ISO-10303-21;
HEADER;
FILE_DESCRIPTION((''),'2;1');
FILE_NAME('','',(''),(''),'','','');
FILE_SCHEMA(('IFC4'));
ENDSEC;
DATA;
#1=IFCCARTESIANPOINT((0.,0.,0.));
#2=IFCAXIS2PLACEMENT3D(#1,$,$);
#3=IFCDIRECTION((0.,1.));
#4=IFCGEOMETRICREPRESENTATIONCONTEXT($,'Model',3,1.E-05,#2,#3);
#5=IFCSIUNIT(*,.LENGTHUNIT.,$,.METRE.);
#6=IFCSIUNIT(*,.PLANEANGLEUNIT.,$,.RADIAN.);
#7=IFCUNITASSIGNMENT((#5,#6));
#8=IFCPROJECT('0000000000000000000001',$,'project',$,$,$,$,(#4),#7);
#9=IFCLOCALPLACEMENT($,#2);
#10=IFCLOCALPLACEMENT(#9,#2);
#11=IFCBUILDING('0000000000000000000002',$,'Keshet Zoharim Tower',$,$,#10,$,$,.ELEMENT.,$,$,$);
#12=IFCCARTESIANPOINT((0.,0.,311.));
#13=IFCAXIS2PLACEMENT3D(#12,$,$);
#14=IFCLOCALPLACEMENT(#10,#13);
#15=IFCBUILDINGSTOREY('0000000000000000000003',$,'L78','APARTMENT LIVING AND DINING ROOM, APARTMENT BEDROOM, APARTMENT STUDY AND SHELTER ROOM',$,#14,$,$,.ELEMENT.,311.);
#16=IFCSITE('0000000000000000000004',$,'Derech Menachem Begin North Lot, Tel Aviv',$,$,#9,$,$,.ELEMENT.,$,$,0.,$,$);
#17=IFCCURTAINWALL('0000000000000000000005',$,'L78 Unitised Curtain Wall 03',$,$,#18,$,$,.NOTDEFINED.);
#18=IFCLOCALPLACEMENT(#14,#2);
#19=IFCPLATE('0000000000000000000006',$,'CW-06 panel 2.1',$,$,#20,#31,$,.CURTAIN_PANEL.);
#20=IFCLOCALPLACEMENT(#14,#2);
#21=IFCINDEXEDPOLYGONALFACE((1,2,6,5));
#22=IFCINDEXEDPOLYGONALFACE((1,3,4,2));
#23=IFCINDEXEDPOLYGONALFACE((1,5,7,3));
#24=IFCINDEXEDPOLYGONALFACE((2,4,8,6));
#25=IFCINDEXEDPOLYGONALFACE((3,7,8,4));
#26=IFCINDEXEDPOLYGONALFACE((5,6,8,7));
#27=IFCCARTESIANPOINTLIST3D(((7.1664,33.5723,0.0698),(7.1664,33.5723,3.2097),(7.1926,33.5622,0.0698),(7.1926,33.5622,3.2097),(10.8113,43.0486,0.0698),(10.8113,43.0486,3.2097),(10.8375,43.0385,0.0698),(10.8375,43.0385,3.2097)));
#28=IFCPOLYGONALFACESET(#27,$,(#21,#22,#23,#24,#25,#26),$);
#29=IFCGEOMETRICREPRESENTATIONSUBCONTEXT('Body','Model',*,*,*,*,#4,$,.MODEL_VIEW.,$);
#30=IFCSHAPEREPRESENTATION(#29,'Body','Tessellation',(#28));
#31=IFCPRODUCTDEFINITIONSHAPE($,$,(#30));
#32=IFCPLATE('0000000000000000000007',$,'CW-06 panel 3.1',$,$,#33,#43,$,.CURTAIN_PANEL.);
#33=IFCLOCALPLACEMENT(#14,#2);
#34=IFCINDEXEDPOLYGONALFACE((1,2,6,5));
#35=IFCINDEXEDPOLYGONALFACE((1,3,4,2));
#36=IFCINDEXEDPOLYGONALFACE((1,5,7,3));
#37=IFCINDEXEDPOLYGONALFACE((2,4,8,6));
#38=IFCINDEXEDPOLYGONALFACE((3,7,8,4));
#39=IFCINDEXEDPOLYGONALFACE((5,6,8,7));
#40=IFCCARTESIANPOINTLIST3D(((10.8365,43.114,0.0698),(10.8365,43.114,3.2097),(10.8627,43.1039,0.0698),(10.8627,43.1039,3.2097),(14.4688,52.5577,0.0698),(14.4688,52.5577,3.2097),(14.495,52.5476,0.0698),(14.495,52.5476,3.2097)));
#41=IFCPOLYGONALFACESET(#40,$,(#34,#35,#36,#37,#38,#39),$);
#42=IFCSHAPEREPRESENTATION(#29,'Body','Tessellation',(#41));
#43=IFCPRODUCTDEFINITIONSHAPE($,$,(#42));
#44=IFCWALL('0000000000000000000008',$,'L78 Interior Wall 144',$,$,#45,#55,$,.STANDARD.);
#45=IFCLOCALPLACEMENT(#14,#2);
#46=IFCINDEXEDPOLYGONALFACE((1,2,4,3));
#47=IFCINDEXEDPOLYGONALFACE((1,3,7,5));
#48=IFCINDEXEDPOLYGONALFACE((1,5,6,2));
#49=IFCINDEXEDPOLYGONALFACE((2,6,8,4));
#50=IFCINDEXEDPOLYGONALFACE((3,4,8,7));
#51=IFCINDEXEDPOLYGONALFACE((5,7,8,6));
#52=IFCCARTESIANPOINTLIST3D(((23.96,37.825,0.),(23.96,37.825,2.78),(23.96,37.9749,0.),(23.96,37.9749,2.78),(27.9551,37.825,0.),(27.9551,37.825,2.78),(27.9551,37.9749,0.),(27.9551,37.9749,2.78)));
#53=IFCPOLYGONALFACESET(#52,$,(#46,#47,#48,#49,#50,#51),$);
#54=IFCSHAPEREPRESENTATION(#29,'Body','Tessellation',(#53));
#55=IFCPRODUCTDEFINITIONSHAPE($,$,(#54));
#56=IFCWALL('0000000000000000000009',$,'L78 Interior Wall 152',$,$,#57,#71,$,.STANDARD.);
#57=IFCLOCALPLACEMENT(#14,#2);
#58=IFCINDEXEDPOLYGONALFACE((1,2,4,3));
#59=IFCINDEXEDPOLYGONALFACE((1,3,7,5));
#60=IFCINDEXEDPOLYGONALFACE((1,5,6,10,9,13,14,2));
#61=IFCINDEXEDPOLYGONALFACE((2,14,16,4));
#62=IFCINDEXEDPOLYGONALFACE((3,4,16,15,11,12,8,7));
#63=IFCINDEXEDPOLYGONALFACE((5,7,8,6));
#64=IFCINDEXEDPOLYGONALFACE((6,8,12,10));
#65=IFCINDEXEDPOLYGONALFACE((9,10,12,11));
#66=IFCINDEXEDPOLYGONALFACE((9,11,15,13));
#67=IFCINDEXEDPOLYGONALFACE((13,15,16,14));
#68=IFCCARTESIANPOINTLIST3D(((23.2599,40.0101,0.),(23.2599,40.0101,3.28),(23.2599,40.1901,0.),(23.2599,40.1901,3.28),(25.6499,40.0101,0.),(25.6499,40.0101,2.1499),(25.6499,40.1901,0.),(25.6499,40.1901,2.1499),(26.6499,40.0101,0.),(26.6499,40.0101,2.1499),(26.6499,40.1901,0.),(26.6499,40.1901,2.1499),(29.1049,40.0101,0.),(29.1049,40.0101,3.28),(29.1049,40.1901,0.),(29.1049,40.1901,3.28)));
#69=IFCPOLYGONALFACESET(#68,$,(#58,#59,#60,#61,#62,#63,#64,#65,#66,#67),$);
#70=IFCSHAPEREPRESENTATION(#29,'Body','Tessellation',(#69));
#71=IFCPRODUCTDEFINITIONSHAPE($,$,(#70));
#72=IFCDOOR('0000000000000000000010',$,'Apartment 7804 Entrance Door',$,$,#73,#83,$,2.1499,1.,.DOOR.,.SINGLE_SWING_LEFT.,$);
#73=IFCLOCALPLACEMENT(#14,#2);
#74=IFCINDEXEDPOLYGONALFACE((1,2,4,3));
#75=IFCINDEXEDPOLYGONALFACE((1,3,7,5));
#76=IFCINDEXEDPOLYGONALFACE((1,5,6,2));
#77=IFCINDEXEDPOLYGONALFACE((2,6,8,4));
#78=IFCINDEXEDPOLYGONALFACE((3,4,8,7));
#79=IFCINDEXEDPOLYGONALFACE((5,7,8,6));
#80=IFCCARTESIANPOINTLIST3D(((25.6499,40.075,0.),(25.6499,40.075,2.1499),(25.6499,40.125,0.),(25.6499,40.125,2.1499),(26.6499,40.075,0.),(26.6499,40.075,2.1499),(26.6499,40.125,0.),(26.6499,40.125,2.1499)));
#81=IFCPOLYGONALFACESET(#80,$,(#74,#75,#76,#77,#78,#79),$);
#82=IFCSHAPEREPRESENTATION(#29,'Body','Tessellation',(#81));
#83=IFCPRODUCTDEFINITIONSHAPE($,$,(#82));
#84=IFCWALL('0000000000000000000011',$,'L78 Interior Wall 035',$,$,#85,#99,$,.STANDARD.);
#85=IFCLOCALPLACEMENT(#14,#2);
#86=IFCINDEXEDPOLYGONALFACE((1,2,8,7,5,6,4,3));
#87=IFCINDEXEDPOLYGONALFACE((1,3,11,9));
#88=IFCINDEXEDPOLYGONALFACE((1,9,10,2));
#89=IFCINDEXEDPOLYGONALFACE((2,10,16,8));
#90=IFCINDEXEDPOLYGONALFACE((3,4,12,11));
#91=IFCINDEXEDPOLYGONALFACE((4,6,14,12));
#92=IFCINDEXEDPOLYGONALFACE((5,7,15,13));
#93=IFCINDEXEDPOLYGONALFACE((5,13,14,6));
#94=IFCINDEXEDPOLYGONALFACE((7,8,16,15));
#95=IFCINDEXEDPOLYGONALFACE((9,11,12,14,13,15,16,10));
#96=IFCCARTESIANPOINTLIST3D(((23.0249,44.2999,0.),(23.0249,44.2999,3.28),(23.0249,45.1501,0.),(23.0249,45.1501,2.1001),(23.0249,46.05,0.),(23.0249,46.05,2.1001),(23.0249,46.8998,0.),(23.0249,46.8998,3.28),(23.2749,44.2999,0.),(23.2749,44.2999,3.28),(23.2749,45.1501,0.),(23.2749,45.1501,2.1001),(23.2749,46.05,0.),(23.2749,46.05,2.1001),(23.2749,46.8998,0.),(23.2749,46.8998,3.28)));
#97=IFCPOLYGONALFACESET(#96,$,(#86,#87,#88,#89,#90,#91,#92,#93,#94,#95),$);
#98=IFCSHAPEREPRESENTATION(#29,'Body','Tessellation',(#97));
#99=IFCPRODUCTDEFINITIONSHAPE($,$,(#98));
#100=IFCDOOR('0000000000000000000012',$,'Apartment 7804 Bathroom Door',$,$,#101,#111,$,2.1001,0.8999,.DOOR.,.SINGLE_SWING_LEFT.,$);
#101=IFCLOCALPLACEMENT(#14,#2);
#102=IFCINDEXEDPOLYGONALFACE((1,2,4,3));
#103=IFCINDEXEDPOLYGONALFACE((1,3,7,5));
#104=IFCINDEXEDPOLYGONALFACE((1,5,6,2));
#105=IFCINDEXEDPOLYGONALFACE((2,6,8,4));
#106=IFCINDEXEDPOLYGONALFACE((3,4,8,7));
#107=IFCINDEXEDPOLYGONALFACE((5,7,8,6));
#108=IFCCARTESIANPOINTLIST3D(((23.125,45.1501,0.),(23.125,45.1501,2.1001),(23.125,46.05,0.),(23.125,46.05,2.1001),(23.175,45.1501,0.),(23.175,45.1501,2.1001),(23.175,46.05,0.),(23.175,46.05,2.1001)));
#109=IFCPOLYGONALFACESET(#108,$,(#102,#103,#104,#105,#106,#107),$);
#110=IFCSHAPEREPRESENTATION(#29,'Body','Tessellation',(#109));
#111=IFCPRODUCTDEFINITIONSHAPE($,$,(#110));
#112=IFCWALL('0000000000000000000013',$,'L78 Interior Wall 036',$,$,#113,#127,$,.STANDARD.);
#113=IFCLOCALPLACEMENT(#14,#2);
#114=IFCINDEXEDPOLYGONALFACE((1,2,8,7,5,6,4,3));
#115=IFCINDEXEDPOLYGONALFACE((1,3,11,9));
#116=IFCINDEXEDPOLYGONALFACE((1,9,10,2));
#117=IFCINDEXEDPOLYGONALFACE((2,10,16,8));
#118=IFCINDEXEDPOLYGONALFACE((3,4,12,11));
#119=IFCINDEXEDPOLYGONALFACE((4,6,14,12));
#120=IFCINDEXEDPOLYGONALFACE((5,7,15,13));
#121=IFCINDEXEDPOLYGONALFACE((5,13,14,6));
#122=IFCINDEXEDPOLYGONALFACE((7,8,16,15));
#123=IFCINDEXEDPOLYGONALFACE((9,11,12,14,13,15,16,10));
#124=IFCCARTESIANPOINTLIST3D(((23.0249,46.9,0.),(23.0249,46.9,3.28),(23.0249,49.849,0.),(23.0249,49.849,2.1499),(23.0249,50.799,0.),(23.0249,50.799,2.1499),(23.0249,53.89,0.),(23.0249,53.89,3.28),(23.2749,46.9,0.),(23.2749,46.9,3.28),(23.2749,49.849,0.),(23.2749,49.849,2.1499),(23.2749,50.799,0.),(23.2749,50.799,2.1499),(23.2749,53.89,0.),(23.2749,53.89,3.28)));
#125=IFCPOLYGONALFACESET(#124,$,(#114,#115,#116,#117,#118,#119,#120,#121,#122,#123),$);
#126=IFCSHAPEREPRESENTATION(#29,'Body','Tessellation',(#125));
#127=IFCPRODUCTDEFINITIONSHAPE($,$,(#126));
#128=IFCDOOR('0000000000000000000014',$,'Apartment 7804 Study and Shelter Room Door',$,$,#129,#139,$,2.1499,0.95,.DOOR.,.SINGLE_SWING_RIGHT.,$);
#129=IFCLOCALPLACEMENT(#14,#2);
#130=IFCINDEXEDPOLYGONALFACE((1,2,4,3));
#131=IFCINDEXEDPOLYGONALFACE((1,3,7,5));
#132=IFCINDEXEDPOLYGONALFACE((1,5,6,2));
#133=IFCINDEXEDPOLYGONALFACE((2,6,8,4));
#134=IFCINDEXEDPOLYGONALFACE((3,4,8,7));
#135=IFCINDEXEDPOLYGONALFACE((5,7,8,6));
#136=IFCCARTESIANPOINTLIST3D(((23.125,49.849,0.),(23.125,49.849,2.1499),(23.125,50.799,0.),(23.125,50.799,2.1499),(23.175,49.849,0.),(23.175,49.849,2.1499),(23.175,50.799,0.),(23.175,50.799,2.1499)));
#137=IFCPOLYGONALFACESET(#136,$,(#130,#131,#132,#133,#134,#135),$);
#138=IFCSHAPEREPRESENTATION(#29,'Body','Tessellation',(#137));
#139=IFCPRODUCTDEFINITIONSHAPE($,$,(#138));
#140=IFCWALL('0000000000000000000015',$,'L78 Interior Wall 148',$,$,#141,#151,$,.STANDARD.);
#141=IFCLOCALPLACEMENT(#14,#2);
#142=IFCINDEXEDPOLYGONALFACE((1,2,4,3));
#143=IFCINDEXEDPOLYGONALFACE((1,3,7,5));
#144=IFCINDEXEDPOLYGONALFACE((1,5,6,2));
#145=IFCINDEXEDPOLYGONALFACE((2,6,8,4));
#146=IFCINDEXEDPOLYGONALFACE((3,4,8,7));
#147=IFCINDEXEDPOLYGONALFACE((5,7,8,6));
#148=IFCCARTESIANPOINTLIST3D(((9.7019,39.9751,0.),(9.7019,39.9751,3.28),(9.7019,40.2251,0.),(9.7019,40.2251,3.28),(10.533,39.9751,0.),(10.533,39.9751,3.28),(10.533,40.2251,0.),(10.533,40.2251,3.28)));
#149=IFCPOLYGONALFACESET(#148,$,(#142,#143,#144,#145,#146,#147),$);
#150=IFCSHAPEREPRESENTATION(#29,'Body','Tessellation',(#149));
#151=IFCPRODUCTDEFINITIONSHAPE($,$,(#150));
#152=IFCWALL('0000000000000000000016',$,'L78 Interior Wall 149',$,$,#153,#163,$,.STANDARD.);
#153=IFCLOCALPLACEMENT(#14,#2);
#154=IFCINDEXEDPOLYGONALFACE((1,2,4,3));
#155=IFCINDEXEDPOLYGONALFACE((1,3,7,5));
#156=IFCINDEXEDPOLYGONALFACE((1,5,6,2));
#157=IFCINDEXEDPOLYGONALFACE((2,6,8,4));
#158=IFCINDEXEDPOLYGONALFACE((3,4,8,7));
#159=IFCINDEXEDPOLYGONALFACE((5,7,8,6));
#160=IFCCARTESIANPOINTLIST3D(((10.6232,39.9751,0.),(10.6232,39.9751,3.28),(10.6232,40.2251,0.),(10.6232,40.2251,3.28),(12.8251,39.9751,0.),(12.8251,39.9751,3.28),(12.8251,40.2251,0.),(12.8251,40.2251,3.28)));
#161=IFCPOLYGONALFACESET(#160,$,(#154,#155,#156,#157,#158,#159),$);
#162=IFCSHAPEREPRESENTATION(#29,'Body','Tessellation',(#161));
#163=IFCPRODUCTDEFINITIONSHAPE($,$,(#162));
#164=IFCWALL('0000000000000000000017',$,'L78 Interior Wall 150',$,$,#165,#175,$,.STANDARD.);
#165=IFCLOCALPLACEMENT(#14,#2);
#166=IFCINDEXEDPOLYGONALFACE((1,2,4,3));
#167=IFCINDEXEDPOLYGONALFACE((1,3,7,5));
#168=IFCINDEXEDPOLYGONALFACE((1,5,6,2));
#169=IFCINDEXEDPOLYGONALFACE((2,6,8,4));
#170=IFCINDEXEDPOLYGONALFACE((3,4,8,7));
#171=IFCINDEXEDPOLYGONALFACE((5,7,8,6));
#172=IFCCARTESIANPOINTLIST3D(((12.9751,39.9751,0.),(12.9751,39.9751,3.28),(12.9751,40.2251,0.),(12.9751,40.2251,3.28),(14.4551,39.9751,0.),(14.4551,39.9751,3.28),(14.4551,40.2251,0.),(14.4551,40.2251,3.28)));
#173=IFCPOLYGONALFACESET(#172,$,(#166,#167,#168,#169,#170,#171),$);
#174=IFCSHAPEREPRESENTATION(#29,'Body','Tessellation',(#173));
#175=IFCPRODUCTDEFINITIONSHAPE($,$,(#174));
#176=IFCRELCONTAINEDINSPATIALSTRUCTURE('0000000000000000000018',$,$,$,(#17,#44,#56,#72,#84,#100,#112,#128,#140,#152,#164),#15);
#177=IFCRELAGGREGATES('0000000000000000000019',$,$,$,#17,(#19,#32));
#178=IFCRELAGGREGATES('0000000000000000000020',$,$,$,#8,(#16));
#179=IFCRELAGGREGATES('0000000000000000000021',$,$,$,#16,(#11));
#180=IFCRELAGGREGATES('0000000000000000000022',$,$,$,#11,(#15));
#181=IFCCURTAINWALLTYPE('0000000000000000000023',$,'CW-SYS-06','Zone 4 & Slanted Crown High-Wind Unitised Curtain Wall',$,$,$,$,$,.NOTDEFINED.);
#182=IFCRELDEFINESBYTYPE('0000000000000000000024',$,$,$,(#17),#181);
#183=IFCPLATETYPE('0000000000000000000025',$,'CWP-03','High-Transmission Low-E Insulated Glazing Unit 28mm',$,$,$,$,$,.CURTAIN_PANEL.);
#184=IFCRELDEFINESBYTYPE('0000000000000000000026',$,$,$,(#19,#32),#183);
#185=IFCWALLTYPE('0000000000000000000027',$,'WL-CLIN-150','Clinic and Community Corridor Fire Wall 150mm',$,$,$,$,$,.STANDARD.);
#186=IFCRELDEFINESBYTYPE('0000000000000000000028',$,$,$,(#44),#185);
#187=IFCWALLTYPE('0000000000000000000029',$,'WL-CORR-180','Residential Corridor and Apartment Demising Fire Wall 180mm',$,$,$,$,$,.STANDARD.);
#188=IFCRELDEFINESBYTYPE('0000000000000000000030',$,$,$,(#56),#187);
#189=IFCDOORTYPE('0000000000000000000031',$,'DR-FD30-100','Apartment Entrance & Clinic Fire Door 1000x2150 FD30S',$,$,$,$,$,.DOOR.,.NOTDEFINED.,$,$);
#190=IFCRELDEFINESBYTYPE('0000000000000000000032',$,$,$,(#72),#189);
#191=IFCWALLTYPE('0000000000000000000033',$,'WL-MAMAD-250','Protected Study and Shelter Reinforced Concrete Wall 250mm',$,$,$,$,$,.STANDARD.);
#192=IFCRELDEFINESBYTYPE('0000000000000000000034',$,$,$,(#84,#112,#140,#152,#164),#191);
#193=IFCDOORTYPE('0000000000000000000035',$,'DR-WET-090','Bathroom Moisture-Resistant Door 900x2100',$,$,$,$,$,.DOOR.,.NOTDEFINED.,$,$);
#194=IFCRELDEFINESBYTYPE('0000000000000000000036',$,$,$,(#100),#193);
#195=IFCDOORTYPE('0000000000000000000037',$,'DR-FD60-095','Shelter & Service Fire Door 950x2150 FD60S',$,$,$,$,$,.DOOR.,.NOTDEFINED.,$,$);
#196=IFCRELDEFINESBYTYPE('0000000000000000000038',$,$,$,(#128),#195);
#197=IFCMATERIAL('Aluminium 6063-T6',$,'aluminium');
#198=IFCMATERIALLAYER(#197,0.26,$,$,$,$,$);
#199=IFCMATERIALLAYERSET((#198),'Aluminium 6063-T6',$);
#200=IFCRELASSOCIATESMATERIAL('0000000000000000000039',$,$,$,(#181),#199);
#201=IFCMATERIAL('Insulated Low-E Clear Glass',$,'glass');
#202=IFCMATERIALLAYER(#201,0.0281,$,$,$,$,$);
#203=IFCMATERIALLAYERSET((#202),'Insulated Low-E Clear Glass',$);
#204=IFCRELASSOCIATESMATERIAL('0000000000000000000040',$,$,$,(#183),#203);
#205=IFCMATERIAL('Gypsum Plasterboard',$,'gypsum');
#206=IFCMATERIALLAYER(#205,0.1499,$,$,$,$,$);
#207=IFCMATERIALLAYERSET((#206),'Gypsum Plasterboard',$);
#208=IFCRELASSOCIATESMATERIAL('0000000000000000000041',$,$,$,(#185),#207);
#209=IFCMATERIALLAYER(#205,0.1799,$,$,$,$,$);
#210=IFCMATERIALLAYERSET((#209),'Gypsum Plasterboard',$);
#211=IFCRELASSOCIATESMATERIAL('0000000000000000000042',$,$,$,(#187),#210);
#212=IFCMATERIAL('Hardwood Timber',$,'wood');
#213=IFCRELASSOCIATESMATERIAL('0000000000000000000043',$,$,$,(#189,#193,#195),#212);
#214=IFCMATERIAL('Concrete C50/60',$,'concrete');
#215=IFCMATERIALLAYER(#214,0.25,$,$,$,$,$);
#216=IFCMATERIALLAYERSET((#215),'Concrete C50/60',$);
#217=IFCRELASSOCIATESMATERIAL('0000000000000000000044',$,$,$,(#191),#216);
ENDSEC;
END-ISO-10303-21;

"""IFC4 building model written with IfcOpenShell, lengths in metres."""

from ifc_helpers import new_model, si_unit, direction, frame, frame_2d, origin, origin_2d, place, context, subcontext, project, spatial, rectangle, extrude, material, layer, layer_set, type_object, element, fill, aggregate, save


model = new_model("IFC4")

# Units and contexts
model_context = context("Model", 3, precision=1e-05, world=origin(), true_north=direction((0.0, 1.0)))
body_context = subcontext(model_context, "Body", "Model", "MODEL_VIEW")
ifc_project = project(units=[si_unit("LENGTHUNIT", "METRE"), si_unit("PLANEANGLEUNIT", "RADIAN")], contexts=[model_context])

# Site, building, storey
site_placement = place(None, origin())
site = spatial("IfcSite", under=ifc_project, at=site_placement, Name="Derech Menachem Begin North Lot, Tel Aviv", CompositionType="ELEMENT", RefElevation=0.0)
building_placement = place(site_placement, origin())
building = spatial("IfcBuilding", under=site, at=building_placement, Name="Keshet Zoharim Tower", CompositionType="ELEMENT")
storey_placement = place(building_placement, frame((0.0, 0.0, 311.0)))
storey = spatial("IfcBuildingStorey", under=building, at=storey_placement, Name="L78", Description="APARTMENT LIVING AND DINING ROOM, APARTMENT BEDROOM, APARTMENT STUDY AND SHELTER ROOM", CompositionType="ELEMENT", Elevation=311.0)

# Curtain wall
ifc_material_1 = material(Name="Aluminium 6063-T6", Category="aluminium")
ifc_layer_1 = layer(ifc_material_1, 0.26)
ifc_layer_set_1 = layer_set([ifc_layer_1], Name="Aluminium 6063-T6")
curtain_wall_type = type_object("IfcCurtainWallType", Name="CW-SYS-06", Description="Zone 4 & Slanted Crown High-Wind Unitised Curtain Wall", PredefinedType="NOTDEFINED", material=ifc_layer_set_1)
curtain_wall_1_placement = place(storey_placement, origin())
curtain_wall_1 = element("IfcCurtainWall", 1, at=curtain_wall_1_placement, inside=storey, type_object=curtain_wall_type, Name="L78 Unitised Curtain Wall 03", PredefinedType="NOTDEFINED")

# Plates
ifc_material_2 = material(Name="Insulated Low-E Clear Glass", Category="glass")
ifc_layer_2 = layer(ifc_material_2, 0.0281)
ifc_layer_set_2 = layer_set([ifc_layer_2], Name="Insulated Low-E Clear Glass")
plate_type = type_object("IfcPlateType", Name="CWP-03", Description="High-Transmission Low-E Insulated Glazing Unit 28mm", PredefinedType="CURTAIN_PANEL", material=ifc_layer_set_2)
plate_1_placement = place(storey_placement, frame((9.002, 38.3054, 0.0698), z_axis=(0.0, 0.0, 1.0), x_axis=(0.35899, 0.933341, 0.0)))
plate_1 = element("IfcPlate", 2, at=plate_1_placement, type_object=plate_type, Name="CW-06 panel 2.1", PredefinedType="CURTAIN_PANEL", context=body_context, shape_type="SweptSolid", body=[
    extrude(rectangle(XDim=10.1531, YDim=0.0281, at=origin_2d()), origin(), (0.0, 0.0, 1.0), 3.1399),
])
plate_2_placement = place(storey_placement, frame((12.6658, 47.8308, 0.0698), z_axis=(0.0, 0.0, 1.0), x_axis=(0.35899, 0.933341, 0.0)))
plate_2 = element("IfcPlate", 3, at=plate_2_placement, type_object=plate_type, Name="CW-06 panel 3.1", PredefinedType="CURTAIN_PANEL", context=body_context, shape_type="SweptSolid", body=[
    extrude(rectangle(XDim=10.1182, YDim=0.0281, at=origin_2d()), origin(), (0.0, 0.0, 1.0), 3.1399),
])
aggregate(curtain_wall_1, [plate_1, plate_2])

# Wall
ifc_material_3 = material(Name="Gypsum Plasterboard", Category="gypsum")
ifc_layer_3 = layer(ifc_material_3, 0.1499)
ifc_layer_set_3 = layer_set([ifc_layer_3], Name="Gypsum Plasterboard")
wall_type_1 = type_object("IfcWallType", Name="WL-CLIN-150", Description="Clinic and Community Corridor Fire Wall 150mm", PredefinedType="STANDARD", material=ifc_layer_set_3)
wall_1_placement = place(storey_placement, frame((23.96, 37.8999, 0.0), z_axis=(0.0, 0.0, 1.0), x_axis=(1.0, 0.0, 0.0)))
element("IfcWall", 4, at=wall_1_placement, inside=storey, type_object=wall_type_1, Name="L78 Interior Wall 144", PredefinedType="STANDARD", context=body_context, shape_type="SweptSolid", body=[
    extrude(rectangle(XDim=3.9951, YDim=0.1499, at=frame_2d((1.9976, 0.0))), origin(), (0.0, 0.0, 1.0), 2.78),
])

# Walls, openings, doors
ifc_layer_4 = layer(ifc_material_3, 0.1799)
ifc_layer_set_4 = layer_set([ifc_layer_4], Name="Gypsum Plasterboard")
wall_type_2 = type_object("IfcWallType", Name="WL-CORR-180", Description="Residential Corridor and Apartment Demising Fire Wall 180mm", PredefinedType="STANDARD", material=ifc_layer_set_4)
wall_2_placement = place(storey_placement, frame((23.26, 40.1001, 0.0), z_axis=(0.0, 0.0, 1.0), x_axis=(1.0, 0.0, 0.0)))
wall_2 = element("IfcWall", 5, at=wall_2_placement, inside=storey, type_object=wall_type_2, Name="L78 Interior Wall 152", PredefinedType="STANDARD", context=body_context, shape_type="SweptSolid", body=[
    extrude(rectangle(XDim=5.845, YDim=0.1799, at=frame_2d((2.9224, 0.0))), origin(), (0.0, 0.0, 1.0), 3.28),
])
opening_1_placement = place(wall_2_placement, frame((2.3899, 0.0, 0.0)))
opening_1 = element("IfcOpeningElement", 6, at=opening_1_placement, cuts=wall_2, PredefinedType="OPENING", context=body_context, shape_type="SweptSolid", body=[
    extrude(rectangle(XDim=1.0, YDim=2.1499, at=frame_2d((0.5, 1.075))), frame((0.0, 0.1001, 0.0), z_axis=(0.0, -1.0, 0.0), x_axis=(1.0, 0.0, 0.0)), (0.0, 0.0, 1.0), 0.2),
])
ifc_material_4 = material(Name="Hardwood Timber", Category="wood")
door_type_1 = type_object("IfcDoorType", Name="DR-FD30-100", Description="Apartment Entrance & Clinic Fire Door 1000x2150 FD30S", OperationType="NOTDEFINED", PredefinedType="DOOR", material=ifc_material_4)
door_1_placement = place(opening_1_placement, origin())
door_1 = element("IfcDoor", 7, at=door_1_placement, inside=storey, type_object=door_type_1, Name="Apartment 7804 Entrance Door", OperationType="SINGLE_SWING_LEFT", OverallHeight=2.1499, OverallWidth=1.0, PredefinedType="DOOR", context=body_context, shape_type="SweptSolid", body=[
    extrude(rectangle(XDim=1.0, YDim=2.1499, at=frame_2d((0.5, 1.075))), frame((0.0, 0.0249, 0.0), z_axis=(0.0, -1.0, 0.0), x_axis=(1.0, 0.0, 0.0)), (0.0, 0.0, 1.0), 0.05),
])
fill(opening_1, door_1)
ifc_material_5 = material(Name="Concrete C50/60", Category="concrete")
ifc_layer_5 = layer(ifc_material_5, 0.25)
ifc_layer_set_5 = layer_set([ifc_layer_5], Name="Concrete C50/60")
wall_type_3 = type_object("IfcWallType", Name="WL-MAMAD-250", Description="Protected Study and Shelter Reinforced Concrete Wall 250mm", PredefinedType="STANDARD", material=ifc_layer_set_5)
wall_3_placement = place(storey_placement, frame((23.1499, 44.3, 0.0), z_axis=(0.0, 0.0, 1.0), x_axis=(0.0, 1.0, 0.0)))
wall_3 = element("IfcWall", 8, at=wall_3_placement, inside=storey, type_object=wall_type_3, Name="L78 Interior Wall 035", PredefinedType="STANDARD", context=body_context, shape_type="SweptSolid", body=[
    extrude(rectangle(XDim=2.5999, YDim=0.25, at=frame_2d((1.2998, 0.0))), origin(), (0.0, 0.0, 1.0), 3.28),
])
opening_2_placement = place(wall_3_placement, frame((0.8501, 0.0, 0.0)))
opening_2 = element("IfcOpeningElement", 9, at=opening_2_placement, cuts=wall_3, PredefinedType="OPENING", context=body_context, shape_type="SweptSolid", body=[
    extrude(rectangle(XDim=0.8999, YDim=2.1001, at=frame_2d((0.45, 1.05))), frame((0.0, 0.135, 0.0), z_axis=(0.0, -1.0, 0.0), x_axis=(1.0, 0.0, 0.0)), (0.0, 0.0, 1.0), 0.27),
])
door_type_2 = type_object("IfcDoorType", Name="DR-WET-090", Description="Bathroom Moisture-Resistant Door 900x2100", OperationType="NOTDEFINED", PredefinedType="DOOR", material=ifc_material_4)
door_2_placement = place(opening_2_placement, origin())
door_2 = element("IfcDoor", 10, at=door_2_placement, inside=storey, type_object=door_type_2, Name="Apartment 7804 Bathroom Door", OperationType="SINGLE_SWING_LEFT", OverallHeight=2.1001, OverallWidth=0.8999, PredefinedType="DOOR", context=body_context, shape_type="SweptSolid", body=[
    extrude(rectangle(XDim=0.8999, YDim=2.1001, at=frame_2d((0.45, 1.05))), frame((0.0, 0.0249, 0.0), z_axis=(0.0, -1.0, 0.0), x_axis=(1.0, 0.0, 0.0)), (0.0, 0.0, 1.0), 0.05),
])
fill(opening_2, door_2)
wall_4_placement = place(storey_placement, frame((23.1499, 46.8999, 0.0), z_axis=(0.0, 0.0, 1.0), x_axis=(0.0, 1.0, 0.0)))
wall_4 = element("IfcWall", 11, at=wall_4_placement, inside=storey, type_object=wall_type_3, Name="L78 Interior Wall 036", PredefinedType="STANDARD", context=body_context, shape_type="SweptSolid", body=[
    extrude(rectangle(XDim=6.99, YDim=0.25, at=frame_2d((3.4951, 0.0))), origin(), (0.0, 0.0, 1.0), 3.28),
])
opening_3_placement = place(wall_4_placement, frame((2.949, 0.0, 0.0)))
opening_3 = element("IfcOpeningElement", 12, at=opening_3_placement, cuts=wall_4, PredefinedType="OPENING", context=body_context, shape_type="SweptSolid", body=[
    extrude(rectangle(XDim=0.95, YDim=2.1499, at=frame_2d((0.4751, 1.075))), frame((0.0, 0.135, 0.0), z_axis=(0.0, -1.0, 0.0), x_axis=(1.0, 0.0, 0.0)), (0.0, 0.0, 1.0), 0.27),
])
door_type_3 = type_object("IfcDoorType", Name="DR-FD60-095", Description="Shelter & Service Fire Door 950x2150 FD60S", OperationType="NOTDEFINED", PredefinedType="DOOR", material=ifc_material_4)
door_3_placement = place(opening_3_placement, origin())
door_3 = element("IfcDoor", 13, at=door_3_placement, inside=storey, type_object=door_type_3, Name="Apartment 7804 Study and Shelter Room Door", OperationType="SINGLE_SWING_RIGHT", OverallHeight=2.1499, OverallWidth=0.95, PredefinedType="DOOR", context=body_context, shape_type="SweptSolid", body=[
    extrude(rectangle(XDim=0.95, YDim=2.1499, at=frame_2d((0.4751, 1.075))), frame((0.0, 0.0249, 0.0), z_axis=(0.0, -1.0, 0.0), x_axis=(1.0, 0.0, 0.0)), (0.0, 0.0, 1.0), 0.05),
])
fill(opening_3, door_3)

# Walls
wall_5_placement = place(storey_placement, frame((9.7019, 40.1001, 0.0), z_axis=(0.0, 0.0, 1.0), x_axis=(1.0, 0.0, 0.0)))
element("IfcWall", 14, at=wall_5_placement, inside=storey, type_object=wall_type_3, Name="L78 Interior Wall 148", PredefinedType="STANDARD", context=body_context, shape_type="SweptSolid", body=[
    extrude(rectangle(XDim=0.8311, YDim=0.25, at=frame_2d((0.4155, 0.0))), origin(), (0.0, 0.0, 1.0), 3.28),
])
wall_6_placement = place(storey_placement, frame((10.623, 40.1001, 0.0), z_axis=(0.0, 0.0, 1.0), x_axis=(1.0, 0.0, 0.0)))
element("IfcWall", 15, at=wall_6_placement, inside=storey, type_object=wall_type_3, Name="L78 Interior Wall 149", PredefinedType="STANDARD", context=body_context, shape_type="SweptSolid", body=[
    extrude(rectangle(XDim=2.2019, YDim=0.25, at=frame_2d((1.1011, 0.0))), origin(), (0.0, 0.0, 1.0), 3.28),
])
wall_7_placement = place(storey_placement, frame((12.9751, 40.1001, 0.0), z_axis=(0.0, 0.0, 1.0), x_axis=(1.0, 0.0, 0.0)))
element("IfcWall", 16, at=wall_7_placement, inside=storey, type_object=wall_type_3, Name="L78 Interior Wall 150", PredefinedType="STANDARD", context=body_context, shape_type="SweptSolid", body=[
    extrude(rectangle(XDim=1.48, YDim=0.25, at=frame_2d((0.74, 0.0))), origin(), (0.0, 0.0, 1.0), 3.28),
])

save(model, "model.ifc")
